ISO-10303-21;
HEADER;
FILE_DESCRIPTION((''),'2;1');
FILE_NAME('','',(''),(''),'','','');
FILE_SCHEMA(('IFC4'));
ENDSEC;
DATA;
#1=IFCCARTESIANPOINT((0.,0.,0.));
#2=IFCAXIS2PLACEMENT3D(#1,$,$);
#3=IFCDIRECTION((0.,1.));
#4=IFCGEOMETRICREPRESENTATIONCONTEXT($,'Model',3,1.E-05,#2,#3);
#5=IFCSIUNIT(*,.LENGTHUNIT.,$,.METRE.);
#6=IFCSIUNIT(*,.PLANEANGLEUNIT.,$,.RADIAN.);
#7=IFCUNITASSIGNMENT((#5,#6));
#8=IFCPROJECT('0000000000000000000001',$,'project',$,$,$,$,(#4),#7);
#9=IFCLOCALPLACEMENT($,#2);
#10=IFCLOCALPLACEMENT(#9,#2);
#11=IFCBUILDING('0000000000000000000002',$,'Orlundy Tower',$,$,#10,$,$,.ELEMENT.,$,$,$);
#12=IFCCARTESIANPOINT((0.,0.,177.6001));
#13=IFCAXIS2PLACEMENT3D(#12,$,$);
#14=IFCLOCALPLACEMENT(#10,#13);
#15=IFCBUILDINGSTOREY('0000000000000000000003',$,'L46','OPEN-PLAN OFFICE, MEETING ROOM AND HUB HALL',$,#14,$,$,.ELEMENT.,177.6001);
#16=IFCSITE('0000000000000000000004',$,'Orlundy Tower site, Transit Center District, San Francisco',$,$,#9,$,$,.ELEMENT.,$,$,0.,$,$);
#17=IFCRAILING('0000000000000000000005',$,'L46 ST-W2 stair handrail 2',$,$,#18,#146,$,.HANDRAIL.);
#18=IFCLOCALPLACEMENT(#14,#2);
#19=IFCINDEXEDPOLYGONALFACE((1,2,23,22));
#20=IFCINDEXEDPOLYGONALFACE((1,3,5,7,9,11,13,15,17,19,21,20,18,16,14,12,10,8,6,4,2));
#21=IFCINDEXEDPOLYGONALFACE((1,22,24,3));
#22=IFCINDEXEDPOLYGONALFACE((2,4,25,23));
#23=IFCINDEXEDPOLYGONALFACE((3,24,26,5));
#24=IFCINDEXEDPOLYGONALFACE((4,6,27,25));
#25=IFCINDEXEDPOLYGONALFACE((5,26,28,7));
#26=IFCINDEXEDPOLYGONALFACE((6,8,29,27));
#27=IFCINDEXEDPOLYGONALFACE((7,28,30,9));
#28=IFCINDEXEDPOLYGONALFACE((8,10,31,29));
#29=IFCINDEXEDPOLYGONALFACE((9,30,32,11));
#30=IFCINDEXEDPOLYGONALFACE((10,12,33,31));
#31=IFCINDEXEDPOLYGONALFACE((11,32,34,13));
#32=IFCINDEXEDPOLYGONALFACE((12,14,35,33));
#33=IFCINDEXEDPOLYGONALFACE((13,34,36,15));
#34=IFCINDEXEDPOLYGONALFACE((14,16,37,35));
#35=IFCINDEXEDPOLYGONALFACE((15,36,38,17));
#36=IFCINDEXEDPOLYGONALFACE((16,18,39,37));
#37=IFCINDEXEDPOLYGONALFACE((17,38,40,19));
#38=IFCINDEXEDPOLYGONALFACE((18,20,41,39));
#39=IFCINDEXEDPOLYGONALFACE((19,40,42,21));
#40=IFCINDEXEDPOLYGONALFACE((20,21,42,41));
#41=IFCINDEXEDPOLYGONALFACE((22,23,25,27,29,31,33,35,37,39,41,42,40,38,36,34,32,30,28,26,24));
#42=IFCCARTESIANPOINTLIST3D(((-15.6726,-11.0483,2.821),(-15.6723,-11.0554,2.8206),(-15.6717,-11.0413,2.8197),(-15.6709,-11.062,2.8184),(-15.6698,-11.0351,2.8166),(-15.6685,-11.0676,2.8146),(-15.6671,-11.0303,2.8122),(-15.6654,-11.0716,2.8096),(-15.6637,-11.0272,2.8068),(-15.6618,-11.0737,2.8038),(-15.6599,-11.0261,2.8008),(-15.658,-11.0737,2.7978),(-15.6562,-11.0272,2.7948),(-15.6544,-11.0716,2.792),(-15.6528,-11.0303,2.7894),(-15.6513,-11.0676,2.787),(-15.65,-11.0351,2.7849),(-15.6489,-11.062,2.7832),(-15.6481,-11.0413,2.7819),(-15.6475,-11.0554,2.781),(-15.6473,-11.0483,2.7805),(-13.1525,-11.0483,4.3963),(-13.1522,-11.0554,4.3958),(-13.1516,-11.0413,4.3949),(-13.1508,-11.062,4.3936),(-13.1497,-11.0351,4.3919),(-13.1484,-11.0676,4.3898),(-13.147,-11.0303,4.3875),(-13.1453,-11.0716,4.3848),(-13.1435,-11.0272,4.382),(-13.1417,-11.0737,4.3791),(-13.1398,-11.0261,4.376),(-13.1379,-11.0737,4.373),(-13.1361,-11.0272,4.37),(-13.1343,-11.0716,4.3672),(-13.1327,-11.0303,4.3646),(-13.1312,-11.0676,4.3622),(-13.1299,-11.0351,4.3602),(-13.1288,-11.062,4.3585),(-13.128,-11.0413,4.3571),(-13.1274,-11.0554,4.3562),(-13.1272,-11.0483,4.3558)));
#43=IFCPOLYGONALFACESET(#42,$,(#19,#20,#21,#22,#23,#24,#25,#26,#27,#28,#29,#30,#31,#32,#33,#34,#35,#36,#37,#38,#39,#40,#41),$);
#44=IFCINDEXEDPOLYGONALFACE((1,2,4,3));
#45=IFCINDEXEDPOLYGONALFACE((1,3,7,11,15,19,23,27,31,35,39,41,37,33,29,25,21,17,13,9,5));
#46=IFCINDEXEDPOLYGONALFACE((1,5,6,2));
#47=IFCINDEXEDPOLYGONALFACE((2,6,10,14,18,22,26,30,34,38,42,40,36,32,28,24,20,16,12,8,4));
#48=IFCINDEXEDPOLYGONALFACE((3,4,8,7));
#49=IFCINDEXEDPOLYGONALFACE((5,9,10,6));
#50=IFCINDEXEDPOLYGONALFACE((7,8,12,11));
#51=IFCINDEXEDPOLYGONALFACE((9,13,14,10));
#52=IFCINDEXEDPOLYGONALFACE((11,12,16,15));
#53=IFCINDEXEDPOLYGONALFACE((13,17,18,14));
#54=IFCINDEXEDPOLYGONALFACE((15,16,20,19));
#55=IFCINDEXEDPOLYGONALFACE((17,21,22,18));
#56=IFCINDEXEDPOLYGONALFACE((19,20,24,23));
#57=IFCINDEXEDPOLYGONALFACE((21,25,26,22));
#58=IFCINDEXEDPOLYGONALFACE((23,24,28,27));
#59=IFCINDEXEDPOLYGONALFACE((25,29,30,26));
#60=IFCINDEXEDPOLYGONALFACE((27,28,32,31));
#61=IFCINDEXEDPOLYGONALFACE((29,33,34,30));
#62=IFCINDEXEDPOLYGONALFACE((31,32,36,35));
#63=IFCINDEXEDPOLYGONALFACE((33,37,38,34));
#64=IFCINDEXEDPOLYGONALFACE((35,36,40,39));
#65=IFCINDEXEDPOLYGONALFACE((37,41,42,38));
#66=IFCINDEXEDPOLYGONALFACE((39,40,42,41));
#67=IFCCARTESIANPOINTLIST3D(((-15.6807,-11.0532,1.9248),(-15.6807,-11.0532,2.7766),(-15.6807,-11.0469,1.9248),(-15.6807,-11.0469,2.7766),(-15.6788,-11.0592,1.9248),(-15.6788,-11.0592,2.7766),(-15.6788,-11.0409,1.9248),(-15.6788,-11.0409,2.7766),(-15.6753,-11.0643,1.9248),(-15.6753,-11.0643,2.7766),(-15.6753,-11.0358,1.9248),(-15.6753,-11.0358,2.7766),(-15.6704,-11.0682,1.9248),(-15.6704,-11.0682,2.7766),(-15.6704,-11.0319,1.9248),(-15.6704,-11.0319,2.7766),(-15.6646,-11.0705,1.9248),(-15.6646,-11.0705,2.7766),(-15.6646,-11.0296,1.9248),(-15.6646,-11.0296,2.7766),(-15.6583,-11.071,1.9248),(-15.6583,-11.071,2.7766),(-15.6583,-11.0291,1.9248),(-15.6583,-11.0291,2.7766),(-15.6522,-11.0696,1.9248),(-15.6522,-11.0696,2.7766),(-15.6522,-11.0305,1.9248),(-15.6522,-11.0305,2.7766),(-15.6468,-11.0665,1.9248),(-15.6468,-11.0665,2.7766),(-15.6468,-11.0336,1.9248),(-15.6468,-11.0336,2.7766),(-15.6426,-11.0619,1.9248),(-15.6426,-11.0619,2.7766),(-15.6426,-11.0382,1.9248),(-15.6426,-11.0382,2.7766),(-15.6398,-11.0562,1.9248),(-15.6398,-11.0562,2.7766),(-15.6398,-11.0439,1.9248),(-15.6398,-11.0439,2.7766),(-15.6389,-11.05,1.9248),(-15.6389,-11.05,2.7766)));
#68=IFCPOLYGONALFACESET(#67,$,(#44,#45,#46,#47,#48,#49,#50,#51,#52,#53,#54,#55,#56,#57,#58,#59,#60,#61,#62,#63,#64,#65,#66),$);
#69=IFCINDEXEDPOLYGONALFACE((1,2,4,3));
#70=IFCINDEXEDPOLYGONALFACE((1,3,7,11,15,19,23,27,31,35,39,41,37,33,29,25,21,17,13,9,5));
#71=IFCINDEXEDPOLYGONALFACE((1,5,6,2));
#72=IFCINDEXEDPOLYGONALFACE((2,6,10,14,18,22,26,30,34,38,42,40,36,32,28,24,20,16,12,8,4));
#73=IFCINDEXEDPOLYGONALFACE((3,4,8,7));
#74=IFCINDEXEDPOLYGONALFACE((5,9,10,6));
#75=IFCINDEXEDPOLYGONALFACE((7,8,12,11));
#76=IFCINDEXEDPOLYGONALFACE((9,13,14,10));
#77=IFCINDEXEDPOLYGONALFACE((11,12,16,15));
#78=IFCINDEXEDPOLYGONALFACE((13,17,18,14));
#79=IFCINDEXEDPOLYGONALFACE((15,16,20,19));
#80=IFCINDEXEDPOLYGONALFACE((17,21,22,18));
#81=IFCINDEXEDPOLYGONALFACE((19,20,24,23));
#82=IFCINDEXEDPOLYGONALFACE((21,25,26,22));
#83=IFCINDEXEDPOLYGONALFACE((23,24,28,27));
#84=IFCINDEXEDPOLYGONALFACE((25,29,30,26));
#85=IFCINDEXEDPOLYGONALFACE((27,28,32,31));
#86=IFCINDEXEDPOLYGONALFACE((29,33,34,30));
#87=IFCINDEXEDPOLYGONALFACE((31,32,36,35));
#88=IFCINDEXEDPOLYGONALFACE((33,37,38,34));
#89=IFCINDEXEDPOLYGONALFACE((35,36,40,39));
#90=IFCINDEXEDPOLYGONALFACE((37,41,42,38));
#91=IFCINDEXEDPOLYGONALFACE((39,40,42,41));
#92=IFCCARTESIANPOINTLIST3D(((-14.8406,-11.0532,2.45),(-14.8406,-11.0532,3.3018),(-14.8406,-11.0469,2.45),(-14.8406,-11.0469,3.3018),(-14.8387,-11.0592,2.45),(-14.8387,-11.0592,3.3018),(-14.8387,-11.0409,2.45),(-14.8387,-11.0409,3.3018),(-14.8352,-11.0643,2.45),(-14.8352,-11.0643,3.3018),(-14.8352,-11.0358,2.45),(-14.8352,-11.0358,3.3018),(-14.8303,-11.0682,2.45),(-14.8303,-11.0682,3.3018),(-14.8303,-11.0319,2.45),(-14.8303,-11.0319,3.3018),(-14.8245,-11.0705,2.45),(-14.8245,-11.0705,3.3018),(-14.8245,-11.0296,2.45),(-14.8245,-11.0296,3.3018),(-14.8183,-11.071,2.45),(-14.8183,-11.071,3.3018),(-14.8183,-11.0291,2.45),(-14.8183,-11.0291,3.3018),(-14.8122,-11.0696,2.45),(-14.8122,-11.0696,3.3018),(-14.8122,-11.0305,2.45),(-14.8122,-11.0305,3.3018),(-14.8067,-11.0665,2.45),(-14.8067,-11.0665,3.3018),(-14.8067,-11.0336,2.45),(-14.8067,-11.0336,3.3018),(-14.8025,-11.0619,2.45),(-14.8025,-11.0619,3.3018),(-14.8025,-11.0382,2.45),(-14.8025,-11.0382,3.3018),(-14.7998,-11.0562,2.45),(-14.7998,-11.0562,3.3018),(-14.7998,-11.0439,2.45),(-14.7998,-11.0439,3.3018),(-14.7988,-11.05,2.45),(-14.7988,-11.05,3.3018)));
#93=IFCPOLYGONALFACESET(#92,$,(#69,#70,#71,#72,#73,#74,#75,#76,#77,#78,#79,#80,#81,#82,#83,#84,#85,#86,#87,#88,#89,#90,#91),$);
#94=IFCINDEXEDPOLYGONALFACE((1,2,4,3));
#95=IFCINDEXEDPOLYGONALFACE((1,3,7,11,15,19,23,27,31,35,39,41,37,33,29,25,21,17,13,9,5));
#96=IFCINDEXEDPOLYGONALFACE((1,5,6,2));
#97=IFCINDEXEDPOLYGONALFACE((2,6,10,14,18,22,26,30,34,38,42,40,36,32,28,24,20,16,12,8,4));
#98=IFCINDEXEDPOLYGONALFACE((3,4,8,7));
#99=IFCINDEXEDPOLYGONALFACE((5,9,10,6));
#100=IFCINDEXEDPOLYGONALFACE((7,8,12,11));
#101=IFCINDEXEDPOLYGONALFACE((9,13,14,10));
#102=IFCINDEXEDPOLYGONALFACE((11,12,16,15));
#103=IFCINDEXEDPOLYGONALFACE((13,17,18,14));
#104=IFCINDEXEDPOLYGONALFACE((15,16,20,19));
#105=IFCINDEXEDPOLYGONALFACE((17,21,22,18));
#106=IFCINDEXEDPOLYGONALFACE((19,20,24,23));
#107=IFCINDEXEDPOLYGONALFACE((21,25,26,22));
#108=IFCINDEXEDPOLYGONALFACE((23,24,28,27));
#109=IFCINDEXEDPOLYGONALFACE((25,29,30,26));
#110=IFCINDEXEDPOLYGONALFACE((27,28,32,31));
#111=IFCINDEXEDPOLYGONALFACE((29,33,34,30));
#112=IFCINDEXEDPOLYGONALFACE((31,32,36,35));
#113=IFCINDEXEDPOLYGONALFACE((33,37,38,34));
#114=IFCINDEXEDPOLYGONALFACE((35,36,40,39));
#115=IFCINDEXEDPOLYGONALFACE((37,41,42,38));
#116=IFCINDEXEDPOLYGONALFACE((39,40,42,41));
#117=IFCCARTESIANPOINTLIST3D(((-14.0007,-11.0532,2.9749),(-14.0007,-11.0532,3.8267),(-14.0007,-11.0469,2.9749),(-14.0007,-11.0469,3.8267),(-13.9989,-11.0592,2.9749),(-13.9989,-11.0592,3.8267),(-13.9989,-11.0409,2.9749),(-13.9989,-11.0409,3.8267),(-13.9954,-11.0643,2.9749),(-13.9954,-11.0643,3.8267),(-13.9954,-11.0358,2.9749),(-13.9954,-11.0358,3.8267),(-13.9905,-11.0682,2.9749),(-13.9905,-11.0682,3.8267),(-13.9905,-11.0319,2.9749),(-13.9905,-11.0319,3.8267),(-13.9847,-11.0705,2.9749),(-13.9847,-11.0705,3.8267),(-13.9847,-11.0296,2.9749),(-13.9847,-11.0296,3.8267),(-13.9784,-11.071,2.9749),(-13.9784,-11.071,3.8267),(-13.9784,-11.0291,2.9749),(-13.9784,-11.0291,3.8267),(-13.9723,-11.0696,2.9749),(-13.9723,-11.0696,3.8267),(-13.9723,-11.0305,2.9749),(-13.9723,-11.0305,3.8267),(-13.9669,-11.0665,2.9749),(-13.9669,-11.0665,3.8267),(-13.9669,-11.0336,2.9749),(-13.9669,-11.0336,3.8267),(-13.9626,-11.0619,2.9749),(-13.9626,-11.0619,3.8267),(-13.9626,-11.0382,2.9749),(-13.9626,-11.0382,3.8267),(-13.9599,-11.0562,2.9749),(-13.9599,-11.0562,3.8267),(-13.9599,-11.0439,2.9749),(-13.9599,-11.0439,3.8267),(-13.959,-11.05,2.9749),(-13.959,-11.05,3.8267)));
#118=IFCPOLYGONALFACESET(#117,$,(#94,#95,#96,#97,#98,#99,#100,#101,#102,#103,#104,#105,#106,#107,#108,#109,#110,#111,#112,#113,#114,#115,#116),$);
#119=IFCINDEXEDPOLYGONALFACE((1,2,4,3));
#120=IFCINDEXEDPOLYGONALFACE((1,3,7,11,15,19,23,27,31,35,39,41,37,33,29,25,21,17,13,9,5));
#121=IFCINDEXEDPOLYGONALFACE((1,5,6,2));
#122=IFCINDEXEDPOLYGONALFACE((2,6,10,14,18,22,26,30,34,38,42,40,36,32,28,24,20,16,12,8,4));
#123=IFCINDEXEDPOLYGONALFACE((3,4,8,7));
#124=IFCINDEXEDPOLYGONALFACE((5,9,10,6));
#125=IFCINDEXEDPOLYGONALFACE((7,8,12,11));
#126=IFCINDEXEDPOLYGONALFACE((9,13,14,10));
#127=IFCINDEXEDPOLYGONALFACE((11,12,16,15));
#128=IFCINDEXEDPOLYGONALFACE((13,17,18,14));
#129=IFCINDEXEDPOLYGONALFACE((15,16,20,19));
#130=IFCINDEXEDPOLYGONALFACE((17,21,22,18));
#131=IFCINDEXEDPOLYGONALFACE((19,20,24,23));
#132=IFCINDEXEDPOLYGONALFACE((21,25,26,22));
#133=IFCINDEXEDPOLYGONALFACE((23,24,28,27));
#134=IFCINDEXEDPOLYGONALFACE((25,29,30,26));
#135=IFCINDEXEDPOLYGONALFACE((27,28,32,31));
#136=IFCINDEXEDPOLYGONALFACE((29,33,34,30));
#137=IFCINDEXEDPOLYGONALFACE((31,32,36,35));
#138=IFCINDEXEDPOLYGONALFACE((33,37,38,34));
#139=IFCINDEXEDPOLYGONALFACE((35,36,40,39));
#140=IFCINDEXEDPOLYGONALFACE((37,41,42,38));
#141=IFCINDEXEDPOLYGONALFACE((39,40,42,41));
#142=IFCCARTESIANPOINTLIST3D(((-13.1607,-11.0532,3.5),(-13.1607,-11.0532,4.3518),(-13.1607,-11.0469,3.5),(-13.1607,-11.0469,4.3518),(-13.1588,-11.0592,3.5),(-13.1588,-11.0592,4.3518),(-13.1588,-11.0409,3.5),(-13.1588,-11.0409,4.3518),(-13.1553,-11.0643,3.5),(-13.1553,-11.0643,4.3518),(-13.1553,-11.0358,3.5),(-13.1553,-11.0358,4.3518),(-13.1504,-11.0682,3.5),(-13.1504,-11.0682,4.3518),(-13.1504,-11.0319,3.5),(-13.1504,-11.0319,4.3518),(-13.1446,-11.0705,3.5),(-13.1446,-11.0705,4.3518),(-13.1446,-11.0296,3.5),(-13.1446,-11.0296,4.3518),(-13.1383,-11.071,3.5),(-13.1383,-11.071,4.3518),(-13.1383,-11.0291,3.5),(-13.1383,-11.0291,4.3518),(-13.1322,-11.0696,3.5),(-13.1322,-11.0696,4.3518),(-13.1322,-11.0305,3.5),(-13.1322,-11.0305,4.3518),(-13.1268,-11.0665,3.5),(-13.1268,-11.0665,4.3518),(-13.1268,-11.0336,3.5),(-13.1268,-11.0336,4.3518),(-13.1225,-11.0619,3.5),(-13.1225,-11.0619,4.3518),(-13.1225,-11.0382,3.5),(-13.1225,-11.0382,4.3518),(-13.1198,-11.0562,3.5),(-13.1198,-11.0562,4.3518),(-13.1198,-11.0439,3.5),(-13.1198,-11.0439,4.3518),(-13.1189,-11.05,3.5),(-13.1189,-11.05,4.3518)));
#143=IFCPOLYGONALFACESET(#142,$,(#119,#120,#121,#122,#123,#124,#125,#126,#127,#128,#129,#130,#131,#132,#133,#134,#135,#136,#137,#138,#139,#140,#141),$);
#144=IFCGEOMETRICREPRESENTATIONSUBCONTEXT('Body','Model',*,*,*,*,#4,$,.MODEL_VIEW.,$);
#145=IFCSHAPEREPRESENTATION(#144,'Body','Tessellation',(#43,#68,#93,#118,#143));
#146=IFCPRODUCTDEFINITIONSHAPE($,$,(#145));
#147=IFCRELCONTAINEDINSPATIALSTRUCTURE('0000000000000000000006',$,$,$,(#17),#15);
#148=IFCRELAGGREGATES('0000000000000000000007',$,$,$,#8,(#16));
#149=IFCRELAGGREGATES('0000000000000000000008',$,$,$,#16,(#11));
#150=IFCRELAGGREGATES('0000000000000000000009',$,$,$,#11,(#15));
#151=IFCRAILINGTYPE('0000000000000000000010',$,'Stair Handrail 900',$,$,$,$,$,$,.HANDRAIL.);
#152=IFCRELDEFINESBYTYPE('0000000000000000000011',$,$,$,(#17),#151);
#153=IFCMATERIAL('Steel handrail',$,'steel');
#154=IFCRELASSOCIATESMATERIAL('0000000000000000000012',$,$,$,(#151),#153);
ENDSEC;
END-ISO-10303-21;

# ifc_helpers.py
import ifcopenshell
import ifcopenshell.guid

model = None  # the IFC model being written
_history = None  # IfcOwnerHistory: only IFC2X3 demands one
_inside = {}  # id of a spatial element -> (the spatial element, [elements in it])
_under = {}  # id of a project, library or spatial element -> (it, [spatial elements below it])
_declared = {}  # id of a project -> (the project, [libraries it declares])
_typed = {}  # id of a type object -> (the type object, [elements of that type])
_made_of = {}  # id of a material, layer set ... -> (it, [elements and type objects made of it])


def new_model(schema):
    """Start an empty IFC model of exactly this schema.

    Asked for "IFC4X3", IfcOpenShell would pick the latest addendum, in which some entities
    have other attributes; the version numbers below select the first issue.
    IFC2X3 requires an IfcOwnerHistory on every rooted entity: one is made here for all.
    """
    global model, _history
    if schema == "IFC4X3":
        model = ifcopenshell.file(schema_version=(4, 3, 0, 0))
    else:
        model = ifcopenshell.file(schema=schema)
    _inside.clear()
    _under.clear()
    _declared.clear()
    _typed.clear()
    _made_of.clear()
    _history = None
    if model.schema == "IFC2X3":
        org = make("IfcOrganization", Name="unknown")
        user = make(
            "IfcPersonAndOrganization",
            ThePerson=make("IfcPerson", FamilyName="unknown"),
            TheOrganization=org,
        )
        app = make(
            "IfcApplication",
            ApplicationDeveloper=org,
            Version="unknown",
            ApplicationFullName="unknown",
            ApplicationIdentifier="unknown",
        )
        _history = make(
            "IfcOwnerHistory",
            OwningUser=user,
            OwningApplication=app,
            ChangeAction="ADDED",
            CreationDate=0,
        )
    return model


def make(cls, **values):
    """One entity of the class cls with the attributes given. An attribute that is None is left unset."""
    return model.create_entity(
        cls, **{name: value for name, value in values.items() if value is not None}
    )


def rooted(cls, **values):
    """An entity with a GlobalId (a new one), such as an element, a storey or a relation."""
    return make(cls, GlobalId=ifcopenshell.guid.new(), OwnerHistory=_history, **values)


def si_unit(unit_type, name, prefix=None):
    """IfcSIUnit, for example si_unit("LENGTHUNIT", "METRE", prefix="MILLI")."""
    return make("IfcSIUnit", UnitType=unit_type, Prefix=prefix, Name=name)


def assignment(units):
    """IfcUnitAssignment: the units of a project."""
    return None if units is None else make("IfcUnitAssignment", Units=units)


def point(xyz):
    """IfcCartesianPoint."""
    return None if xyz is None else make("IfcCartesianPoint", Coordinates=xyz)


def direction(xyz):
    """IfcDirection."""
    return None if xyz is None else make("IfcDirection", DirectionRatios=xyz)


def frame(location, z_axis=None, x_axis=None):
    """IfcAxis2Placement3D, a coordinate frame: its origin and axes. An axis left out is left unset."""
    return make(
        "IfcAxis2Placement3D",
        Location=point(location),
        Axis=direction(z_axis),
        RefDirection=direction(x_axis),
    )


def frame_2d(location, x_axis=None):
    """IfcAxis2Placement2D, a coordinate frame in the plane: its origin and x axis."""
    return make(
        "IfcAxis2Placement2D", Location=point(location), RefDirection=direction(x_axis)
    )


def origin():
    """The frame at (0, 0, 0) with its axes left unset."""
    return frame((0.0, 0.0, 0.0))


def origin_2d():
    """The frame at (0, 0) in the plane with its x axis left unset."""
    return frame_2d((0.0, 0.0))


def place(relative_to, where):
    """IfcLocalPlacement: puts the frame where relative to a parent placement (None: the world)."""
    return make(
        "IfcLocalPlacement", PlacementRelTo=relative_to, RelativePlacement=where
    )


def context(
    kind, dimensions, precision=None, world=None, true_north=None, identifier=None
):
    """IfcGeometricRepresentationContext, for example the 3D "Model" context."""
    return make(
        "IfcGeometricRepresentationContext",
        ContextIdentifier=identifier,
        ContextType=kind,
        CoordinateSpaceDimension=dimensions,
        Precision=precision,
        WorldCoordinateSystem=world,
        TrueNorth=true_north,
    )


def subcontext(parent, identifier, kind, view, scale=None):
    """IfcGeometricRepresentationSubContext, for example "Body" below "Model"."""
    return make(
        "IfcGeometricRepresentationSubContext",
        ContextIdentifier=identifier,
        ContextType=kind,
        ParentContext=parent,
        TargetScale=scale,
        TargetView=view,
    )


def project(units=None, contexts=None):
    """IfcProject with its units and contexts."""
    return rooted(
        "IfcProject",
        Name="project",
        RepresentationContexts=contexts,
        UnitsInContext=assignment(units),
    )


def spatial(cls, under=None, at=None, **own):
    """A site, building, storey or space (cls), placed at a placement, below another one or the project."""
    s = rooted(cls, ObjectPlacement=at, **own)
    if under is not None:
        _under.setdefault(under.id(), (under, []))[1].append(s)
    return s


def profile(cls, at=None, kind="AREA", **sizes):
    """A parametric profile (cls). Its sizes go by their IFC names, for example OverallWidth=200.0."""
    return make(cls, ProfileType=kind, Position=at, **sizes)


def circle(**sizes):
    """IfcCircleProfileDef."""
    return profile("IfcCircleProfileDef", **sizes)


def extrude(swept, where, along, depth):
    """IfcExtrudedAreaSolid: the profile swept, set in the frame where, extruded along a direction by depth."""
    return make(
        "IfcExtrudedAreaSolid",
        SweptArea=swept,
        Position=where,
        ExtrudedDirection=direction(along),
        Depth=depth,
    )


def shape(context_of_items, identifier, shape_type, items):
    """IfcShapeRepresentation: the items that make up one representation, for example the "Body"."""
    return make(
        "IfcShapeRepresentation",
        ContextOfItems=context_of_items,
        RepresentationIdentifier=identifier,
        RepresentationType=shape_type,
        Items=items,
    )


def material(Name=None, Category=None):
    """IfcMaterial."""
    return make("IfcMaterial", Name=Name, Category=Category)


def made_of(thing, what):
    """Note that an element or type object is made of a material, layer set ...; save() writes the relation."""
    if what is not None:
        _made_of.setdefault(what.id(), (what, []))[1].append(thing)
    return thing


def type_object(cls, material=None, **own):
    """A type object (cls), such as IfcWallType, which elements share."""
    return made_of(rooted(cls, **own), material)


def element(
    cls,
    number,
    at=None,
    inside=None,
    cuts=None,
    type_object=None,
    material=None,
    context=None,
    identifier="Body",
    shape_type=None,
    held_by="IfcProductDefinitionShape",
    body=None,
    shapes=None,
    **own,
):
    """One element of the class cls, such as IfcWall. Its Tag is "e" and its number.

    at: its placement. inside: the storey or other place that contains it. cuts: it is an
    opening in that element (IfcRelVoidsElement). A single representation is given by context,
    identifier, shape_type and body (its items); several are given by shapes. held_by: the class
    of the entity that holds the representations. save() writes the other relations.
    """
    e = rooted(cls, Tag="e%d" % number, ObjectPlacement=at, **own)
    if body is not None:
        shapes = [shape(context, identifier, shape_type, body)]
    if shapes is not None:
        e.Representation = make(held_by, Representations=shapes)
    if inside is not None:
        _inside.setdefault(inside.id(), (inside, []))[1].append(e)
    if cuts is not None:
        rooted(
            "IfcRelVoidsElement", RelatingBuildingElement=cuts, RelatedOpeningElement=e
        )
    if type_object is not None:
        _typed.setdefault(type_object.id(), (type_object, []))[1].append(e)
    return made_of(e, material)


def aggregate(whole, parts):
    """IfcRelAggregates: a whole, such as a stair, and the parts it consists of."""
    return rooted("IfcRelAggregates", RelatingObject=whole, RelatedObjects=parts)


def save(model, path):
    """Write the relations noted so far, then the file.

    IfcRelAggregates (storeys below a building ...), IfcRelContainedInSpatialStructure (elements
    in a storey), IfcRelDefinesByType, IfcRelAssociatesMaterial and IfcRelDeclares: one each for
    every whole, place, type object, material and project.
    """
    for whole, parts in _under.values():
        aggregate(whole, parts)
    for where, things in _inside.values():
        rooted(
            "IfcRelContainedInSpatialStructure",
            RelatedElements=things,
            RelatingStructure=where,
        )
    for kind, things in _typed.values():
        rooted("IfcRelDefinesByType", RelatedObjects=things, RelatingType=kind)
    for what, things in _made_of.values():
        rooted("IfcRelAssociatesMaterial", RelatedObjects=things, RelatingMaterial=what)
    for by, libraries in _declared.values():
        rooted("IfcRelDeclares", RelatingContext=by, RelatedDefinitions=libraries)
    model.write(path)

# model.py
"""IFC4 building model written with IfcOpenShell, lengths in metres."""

from ifc_helpers import new_model, si_unit, direction, frame, origin, origin_2d, place, context, subcontext, project, spatial, circle, extrude, material, type_object, element, save


model = new_model("IFC4")

# Units and contexts
model_context = context("Model", 3, precision=1e-05, world=origin(), true_north=direction((0.0, 1.0)))
body_context = subcontext(model_context, "Body", "Model", "MODEL_VIEW")
ifc_project = project(units=[si_unit("LENGTHUNIT", "METRE"), si_unit("PLANEANGLEUNIT", "RADIAN")], contexts=[model_context])

# Site, building, storey
site_placement = place(None, origin())
site = spatial("IfcSite", under=ifc_project, at=site_placement, Name="Orlundy Tower site, Transit Center District, San Francisco", CompositionType="ELEMENT", RefElevation=0.0)
building_placement = place(site_placement, origin())
building = spatial("IfcBuilding", under=site, at=building_placement, Name="Orlundy Tower", CompositionType="ELEMENT")
storey_placement = place(building_placement, frame((0.0, 0.0, 177.6001)))
storey = spatial("IfcBuildingStorey", under=building, at=storey_placement, Name="L46", Description="OPEN-PLAN OFFICE, MEETING ROOM AND HUB HALL", CompositionType="ELEMENT", Elevation=177.6001)

# Railing
ifc_material_1 = material(Name="Steel handrail", Category="steel")
railing_type = type_object("IfcRailingType", Name="Stair Handrail 900", PredefinedType="HANDRAIL", material=ifc_material_1)
railing_placement = place(storey_placement, frame((-15.6599, -11.05, 1.9248)))
element("IfcRailing", 1, at=railing_placement, inside=storey, type_object=railing_type, Name="L46 ST-W2 stair handrail 2", PredefinedType="HANDRAIL", context=body_context, shape_type="SweptSolid", body=[
    extrude(circle(Radius=0.0239, at=origin_2d()), frame((0.0, 0.0, 0.876), z_axis=(0.847971, 0.0, 0.530043), x_axis=(0.0, 1.0, 0.0)), (0.0, 0.0, 1.0), 2.9719),
    extrude(circle(Radius=0.021, at=origin_2d()), origin(), (0.0, 0.0, 1.0), 0.8518),
    extrude(circle(Radius=0.021, at=origin_2d()), frame((0.8401, 0.0, 0.5251)), (0.0, 0.0, 1.0), 0.8518),
    extrude(circle(Radius=0.021, at=origin_2d()), frame((1.6799, 0.0, 1.05)), (0.0, 0.0, 1.0), 0.8518),
    extrude(circle(Radius=0.021, at=origin_2d()), frame((2.52, 0.0, 1.5752)), (0.0, 0.0, 1.0), 0.8518),
])

save(model, "model.ifc")
